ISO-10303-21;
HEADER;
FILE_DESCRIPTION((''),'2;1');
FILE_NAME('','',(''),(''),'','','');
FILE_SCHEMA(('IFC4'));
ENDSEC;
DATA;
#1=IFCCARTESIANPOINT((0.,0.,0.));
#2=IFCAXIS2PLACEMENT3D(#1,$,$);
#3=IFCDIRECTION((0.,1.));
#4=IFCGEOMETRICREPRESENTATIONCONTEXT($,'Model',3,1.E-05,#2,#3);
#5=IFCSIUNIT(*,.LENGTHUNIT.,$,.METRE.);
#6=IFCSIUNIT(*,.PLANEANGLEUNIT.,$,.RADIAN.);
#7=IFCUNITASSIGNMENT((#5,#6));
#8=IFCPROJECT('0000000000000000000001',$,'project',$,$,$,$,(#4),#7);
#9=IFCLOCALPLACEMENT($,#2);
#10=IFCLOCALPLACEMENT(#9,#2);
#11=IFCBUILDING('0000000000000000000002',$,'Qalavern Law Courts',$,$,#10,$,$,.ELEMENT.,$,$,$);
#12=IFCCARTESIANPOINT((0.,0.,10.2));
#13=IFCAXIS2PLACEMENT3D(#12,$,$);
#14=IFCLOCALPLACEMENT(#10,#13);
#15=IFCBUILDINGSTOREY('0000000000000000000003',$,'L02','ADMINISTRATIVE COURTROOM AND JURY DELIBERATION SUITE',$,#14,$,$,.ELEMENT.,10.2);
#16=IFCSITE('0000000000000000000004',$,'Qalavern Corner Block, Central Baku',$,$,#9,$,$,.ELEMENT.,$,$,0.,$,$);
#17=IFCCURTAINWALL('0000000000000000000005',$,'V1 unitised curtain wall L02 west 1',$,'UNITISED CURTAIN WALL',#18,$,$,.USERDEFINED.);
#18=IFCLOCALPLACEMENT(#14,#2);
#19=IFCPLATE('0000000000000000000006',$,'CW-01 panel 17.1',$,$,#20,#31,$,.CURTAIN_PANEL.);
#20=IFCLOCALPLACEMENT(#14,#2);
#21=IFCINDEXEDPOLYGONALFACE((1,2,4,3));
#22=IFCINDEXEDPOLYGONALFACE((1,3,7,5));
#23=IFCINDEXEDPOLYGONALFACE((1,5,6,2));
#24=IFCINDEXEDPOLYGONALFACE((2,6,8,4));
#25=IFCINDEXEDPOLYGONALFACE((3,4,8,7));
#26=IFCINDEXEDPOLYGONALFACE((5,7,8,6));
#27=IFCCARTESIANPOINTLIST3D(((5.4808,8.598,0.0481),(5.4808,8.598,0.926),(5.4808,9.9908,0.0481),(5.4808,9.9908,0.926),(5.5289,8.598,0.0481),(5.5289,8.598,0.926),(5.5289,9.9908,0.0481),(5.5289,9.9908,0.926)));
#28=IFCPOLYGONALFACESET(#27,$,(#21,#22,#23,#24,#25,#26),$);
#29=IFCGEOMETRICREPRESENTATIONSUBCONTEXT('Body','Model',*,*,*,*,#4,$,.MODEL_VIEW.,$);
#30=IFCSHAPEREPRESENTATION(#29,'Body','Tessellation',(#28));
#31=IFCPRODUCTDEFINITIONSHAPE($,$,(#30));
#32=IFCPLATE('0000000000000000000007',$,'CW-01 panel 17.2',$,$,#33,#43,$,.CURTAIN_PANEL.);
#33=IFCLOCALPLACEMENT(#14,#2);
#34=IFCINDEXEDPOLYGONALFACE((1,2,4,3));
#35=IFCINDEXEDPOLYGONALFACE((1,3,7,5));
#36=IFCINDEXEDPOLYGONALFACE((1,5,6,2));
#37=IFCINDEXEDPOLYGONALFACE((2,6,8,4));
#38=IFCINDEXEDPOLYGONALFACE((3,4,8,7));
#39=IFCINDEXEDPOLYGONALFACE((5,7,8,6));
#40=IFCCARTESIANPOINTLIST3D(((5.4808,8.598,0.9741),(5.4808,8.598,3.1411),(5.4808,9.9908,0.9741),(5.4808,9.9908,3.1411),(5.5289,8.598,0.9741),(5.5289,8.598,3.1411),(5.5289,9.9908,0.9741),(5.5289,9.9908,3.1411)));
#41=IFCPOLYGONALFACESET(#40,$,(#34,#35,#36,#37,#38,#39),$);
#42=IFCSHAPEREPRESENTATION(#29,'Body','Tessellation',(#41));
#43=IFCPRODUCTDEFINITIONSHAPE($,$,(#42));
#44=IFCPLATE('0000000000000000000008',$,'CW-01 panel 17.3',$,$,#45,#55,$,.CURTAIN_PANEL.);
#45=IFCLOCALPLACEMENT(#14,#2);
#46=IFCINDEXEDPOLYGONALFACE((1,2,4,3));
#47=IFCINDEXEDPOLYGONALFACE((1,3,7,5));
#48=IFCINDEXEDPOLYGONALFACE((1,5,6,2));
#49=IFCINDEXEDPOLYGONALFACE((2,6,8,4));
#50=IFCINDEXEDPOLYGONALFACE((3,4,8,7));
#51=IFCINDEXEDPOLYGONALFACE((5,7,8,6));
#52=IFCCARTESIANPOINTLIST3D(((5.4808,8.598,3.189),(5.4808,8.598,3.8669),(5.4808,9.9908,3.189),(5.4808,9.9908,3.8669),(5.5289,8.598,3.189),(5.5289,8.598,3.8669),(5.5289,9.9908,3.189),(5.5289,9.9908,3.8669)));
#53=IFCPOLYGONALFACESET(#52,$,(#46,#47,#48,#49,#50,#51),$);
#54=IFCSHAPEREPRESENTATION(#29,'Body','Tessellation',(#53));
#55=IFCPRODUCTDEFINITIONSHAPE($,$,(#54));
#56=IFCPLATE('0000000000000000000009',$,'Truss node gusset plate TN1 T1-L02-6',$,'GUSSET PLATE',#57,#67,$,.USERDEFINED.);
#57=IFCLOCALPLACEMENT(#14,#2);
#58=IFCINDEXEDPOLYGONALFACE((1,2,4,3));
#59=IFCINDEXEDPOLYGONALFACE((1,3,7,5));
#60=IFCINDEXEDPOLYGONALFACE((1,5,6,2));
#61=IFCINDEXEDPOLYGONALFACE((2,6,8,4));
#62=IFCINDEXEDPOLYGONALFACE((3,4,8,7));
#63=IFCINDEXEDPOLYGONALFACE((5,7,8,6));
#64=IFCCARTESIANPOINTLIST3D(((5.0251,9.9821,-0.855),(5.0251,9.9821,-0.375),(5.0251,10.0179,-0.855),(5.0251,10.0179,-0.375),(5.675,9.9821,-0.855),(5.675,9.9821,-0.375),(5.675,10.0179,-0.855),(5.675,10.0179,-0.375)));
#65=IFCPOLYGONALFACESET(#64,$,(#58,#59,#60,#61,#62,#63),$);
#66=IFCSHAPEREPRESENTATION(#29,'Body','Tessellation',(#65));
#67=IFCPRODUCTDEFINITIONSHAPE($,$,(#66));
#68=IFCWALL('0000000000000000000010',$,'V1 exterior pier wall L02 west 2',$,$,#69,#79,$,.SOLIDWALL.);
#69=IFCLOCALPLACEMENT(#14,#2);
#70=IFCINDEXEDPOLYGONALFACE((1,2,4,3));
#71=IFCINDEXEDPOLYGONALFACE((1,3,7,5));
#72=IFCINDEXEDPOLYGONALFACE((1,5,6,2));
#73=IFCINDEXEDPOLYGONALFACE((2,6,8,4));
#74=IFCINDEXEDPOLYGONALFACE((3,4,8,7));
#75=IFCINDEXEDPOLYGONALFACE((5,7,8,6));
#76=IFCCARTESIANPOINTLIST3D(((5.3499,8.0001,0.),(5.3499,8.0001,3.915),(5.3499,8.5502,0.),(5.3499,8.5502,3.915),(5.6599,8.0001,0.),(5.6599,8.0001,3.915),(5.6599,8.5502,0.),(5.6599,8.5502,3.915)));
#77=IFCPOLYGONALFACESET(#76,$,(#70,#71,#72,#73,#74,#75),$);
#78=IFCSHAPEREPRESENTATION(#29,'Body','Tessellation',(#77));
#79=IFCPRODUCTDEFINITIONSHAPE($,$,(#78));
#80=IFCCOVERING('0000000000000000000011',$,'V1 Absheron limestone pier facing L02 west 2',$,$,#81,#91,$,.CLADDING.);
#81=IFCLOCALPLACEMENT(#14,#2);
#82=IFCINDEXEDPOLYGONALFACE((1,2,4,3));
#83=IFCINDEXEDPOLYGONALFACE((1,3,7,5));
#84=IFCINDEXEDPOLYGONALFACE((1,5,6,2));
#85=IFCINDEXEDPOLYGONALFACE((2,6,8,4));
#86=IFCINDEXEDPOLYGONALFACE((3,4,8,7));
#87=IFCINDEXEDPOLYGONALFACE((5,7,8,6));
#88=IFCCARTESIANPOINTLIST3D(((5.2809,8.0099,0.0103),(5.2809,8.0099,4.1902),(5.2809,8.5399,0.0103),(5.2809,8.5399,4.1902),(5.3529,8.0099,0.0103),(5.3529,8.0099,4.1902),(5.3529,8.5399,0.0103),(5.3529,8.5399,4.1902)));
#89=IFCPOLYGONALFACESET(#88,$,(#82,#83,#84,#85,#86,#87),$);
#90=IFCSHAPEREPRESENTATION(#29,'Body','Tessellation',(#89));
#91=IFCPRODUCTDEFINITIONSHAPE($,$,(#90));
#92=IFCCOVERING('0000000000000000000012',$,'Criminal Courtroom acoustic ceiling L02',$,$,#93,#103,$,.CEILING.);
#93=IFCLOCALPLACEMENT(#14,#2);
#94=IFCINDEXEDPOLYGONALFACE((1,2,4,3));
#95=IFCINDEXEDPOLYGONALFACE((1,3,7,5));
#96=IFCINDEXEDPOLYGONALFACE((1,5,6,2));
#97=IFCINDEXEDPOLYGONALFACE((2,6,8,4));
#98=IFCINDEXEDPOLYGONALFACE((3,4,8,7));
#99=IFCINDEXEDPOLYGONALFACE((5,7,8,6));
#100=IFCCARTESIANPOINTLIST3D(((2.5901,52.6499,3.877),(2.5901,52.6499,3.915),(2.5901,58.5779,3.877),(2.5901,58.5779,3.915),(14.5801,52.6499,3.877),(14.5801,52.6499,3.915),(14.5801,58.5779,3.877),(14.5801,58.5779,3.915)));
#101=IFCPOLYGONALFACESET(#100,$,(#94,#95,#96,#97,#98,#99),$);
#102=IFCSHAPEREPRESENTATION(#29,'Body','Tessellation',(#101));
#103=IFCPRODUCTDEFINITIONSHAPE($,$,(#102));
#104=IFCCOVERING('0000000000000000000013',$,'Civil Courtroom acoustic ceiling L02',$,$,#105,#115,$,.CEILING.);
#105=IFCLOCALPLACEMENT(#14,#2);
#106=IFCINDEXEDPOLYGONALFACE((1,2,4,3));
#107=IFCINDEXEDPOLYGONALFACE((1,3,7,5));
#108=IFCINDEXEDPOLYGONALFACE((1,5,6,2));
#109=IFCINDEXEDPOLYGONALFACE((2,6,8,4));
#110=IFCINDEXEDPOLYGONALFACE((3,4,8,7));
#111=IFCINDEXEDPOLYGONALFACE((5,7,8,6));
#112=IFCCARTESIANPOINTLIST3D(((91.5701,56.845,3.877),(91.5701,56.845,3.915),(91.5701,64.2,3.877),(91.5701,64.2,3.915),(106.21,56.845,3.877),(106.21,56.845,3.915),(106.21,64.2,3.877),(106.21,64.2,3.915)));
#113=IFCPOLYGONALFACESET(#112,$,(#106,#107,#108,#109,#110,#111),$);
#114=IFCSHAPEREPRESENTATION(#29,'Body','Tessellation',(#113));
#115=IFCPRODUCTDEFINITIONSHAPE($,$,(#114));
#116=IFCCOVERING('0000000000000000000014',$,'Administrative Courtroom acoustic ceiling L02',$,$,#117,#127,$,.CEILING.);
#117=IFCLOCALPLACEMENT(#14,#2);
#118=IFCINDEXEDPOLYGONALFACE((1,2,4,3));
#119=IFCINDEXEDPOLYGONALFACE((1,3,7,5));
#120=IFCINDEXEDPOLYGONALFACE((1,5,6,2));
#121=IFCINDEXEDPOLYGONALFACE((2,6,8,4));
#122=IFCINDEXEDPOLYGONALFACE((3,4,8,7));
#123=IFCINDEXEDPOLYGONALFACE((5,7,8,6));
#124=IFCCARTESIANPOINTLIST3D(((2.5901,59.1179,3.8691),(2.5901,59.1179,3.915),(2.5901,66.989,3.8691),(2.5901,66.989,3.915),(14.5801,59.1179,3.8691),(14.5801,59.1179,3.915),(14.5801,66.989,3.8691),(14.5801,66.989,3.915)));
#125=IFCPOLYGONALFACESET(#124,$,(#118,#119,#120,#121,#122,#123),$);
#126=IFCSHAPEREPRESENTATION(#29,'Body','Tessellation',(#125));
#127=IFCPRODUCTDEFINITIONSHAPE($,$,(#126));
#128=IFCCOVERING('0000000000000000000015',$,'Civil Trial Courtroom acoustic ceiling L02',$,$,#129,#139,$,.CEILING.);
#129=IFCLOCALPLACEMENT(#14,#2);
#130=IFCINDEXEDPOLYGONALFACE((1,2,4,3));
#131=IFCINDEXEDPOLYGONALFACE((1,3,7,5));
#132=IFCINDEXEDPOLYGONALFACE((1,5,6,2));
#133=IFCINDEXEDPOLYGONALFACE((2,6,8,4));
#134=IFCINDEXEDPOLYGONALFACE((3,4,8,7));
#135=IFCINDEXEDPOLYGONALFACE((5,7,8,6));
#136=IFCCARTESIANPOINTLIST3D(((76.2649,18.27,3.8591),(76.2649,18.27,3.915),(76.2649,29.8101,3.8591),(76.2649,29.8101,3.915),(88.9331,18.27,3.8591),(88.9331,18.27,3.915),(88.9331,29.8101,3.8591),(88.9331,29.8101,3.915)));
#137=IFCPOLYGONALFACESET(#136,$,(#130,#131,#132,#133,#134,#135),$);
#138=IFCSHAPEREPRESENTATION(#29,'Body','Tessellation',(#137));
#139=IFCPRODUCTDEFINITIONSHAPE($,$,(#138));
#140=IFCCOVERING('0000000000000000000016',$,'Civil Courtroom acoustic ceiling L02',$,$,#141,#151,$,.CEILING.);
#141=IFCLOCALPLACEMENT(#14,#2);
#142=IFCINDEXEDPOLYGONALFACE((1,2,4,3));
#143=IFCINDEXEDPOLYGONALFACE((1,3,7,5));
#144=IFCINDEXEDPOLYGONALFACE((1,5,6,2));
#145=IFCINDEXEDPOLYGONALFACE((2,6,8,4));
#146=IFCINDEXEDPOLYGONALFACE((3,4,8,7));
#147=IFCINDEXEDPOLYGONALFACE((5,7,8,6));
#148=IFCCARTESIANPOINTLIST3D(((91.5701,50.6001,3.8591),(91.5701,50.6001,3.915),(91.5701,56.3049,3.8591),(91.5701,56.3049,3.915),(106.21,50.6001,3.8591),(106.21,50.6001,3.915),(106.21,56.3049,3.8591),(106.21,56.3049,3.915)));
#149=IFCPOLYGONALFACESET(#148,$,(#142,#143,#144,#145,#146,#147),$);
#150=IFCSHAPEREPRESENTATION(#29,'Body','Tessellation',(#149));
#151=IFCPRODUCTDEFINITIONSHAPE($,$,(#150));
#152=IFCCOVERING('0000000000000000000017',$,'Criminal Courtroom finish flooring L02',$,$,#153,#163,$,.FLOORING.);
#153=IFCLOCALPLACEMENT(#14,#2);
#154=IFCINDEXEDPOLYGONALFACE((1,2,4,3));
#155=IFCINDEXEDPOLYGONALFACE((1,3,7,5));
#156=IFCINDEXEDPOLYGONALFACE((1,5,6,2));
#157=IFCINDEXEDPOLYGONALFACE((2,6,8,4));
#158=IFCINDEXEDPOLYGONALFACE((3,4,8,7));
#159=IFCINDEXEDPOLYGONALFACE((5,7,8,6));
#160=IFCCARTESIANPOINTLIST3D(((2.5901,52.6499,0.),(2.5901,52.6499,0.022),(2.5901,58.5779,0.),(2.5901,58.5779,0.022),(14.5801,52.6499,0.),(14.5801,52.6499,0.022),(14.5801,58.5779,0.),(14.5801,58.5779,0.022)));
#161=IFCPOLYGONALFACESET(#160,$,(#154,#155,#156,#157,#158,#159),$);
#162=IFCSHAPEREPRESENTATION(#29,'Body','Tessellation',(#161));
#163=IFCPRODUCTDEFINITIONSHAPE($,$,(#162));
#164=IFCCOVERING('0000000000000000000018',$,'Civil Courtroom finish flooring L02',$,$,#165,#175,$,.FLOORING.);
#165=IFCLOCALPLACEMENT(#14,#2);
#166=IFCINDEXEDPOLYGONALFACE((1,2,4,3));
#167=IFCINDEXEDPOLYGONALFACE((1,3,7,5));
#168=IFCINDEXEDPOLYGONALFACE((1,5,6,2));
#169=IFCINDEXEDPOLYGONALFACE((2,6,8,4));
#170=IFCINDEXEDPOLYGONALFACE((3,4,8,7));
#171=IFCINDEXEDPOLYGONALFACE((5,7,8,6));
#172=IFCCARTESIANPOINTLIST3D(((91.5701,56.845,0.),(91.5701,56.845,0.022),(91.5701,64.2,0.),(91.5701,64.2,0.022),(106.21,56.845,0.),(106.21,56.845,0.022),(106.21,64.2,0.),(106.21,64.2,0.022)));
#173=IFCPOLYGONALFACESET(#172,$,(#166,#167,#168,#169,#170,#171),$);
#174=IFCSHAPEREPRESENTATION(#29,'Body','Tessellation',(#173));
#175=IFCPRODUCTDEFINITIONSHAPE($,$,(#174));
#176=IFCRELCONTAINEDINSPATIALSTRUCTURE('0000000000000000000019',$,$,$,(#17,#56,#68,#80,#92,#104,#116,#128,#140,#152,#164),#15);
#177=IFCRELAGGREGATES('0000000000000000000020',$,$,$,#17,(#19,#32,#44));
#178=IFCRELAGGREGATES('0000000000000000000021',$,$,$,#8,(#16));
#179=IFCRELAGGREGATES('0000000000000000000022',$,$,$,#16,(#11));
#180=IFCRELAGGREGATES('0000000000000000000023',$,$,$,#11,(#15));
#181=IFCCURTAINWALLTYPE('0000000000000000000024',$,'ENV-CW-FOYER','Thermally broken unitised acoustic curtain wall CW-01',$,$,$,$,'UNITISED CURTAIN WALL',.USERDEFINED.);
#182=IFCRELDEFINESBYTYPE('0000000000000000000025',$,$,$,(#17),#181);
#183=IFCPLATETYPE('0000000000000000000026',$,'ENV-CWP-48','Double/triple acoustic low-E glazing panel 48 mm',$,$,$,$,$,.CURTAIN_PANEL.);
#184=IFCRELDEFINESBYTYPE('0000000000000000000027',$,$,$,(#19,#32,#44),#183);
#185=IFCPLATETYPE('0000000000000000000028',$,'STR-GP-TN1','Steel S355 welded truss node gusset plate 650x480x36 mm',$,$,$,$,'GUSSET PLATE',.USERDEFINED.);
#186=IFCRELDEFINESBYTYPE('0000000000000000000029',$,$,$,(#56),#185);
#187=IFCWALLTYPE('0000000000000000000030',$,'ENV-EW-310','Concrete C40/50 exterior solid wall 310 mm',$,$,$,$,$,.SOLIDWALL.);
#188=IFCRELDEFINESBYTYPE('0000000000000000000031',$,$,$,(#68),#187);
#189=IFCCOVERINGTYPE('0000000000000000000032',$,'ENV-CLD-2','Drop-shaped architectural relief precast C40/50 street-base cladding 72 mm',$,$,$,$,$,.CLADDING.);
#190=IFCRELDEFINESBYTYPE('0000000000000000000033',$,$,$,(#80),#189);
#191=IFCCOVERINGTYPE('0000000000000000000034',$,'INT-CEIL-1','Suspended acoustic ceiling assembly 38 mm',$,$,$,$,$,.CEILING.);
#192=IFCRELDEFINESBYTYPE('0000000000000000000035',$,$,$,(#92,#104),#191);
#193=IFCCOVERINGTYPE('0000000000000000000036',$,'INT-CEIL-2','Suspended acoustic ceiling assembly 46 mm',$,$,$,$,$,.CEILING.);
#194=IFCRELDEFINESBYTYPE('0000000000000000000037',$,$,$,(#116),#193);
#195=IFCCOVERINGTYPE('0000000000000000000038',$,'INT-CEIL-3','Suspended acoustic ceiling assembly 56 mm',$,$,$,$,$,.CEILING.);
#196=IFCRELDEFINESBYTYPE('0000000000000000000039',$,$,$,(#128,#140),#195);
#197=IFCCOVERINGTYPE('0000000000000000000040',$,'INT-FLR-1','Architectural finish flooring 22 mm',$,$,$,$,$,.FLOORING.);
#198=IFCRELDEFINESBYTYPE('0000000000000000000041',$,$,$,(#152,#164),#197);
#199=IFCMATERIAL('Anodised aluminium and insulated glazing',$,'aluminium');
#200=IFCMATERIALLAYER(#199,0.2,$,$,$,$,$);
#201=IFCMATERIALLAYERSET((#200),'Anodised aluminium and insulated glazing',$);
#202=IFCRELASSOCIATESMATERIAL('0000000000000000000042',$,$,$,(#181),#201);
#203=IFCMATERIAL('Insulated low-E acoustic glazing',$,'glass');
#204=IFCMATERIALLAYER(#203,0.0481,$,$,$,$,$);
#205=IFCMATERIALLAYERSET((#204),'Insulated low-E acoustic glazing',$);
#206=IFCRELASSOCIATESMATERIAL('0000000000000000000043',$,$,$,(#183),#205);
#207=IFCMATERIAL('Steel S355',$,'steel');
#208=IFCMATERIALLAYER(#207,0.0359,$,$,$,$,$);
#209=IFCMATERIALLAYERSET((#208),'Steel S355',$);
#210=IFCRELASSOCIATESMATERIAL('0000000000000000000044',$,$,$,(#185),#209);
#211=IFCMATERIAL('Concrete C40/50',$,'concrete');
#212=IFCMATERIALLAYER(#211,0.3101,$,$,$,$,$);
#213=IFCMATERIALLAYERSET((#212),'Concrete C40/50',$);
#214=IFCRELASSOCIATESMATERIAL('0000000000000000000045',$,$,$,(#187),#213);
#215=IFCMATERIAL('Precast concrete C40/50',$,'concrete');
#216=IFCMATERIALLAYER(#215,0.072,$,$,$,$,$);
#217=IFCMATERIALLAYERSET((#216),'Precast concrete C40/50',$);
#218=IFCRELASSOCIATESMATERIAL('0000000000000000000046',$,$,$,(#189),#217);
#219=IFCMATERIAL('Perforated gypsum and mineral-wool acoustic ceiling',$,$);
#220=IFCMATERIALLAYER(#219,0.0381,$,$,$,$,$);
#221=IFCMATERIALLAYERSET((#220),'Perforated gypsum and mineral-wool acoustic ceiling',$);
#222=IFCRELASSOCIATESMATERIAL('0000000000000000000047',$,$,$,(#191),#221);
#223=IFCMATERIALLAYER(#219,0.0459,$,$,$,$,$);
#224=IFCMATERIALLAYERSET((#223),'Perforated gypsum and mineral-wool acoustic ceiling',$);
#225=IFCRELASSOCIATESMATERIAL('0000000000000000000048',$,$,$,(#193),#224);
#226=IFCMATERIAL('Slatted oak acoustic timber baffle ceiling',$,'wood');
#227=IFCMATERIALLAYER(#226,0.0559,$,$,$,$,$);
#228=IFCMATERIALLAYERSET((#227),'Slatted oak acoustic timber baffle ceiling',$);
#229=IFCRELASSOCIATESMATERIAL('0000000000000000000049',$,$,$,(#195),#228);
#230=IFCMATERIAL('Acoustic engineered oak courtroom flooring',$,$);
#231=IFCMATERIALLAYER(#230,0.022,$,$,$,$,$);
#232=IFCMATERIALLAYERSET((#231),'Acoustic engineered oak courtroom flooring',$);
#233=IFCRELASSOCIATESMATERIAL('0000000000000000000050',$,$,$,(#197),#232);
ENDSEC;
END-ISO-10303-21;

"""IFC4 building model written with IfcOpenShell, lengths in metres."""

from ifc_helpers import new_model, si_unit, direction, frame, frame_2d, origin, origin_2d, place, context, subcontext, project, spatial, polyline, rectangle, outline, extrude, material, layer, layer_set, type_object, element, aggregate, save


model = new_model("IFC4")

# Units and contexts
model_context = context("Model", 3, precision=1e-05, world=origin(), true_north=direction((0.0, 1.0)))
body_context = subcontext(model_context, "Body", "Model", "MODEL_VIEW")
ifc_project = project(units=[si_unit("LENGTHUNIT", "METRE"), si_unit("PLANEANGLEUNIT", "RADIAN")], contexts=[model_context])

# Site, building, storey
site_placement = place(None, origin())
site = spatial("IfcSite", under=ifc_project, at=site_placement, Name="Qalavern Corner Block, Central Baku", CompositionType="ELEMENT", RefElevation=0.0)
building_placement = place(site_placement, origin())
building = spatial("IfcBuilding", under=site, at=building_placement, Name="Qalavern Law Courts", CompositionType="ELEMENT")
storey_placement = place(building_placement, frame((0.0, 0.0, 10.2)))
storey = spatial("IfcBuildingStorey", under=building, at=storey_placement, Name="L02", Description="ADMINISTRATIVE COURTROOM AND JURY DELIBERATION SUITE", CompositionType="ELEMENT", Elevation=10.2)

# Curtain wall
ifc_material_1 = material(Name="Anodised aluminium and insulated glazing", Category="aluminium")
ifc_layer_1 = layer(ifc_material_1, 0.2)
ifc_layer_set_1 = layer_set([ifc_layer_1], Name="Anodised aluminium and insulated glazing")
curtain_wall_type = type_object("IfcCurtainWallType", Name="ENV-CW-FOYER", Description="Thermally broken unitised acoustic curtain wall CW-01", ElementType="UNITISED CURTAIN WALL", PredefinedType="USERDEFINED", material=ifc_layer_set_1)
curtain_wall_placement = place(storey_placement, origin())
curtain_wall = element("IfcCurtainWall", 1, at=curtain_wall_placement, inside=storey, type_object=curtain_wall_type, Name="V1 unitised curtain wall L02 west 1", ObjectType="UNITISED CURTAIN WALL", PredefinedType="USERDEFINED")

# Shared definitions
ifc_material_2 = material(Name="Steel S355", Category="steel")

# Plates
ifc_material_3 = material(Name="Insulated low-E acoustic glazing", Category="glass")
ifc_layer_2 = layer(ifc_material_3, 0.0481)
ifc_layer_set_2 = layer_set([ifc_layer_2], Name="Insulated low-E acoustic glazing")
plate_type_1 = type_object("IfcPlateType", Name="ENV-CWP-48", Description="Double/triple acoustic low-E glazing panel 48 mm", PredefinedType="CURTAIN_PANEL", material=ifc_layer_set_2)
plate_1_placement = place(storey_placement, frame((5.5049, 9.2944, 0.0481), z_axis=(0.0, 0.0, 1.0), x_axis=(0.0, -1.0, 0.0)))
plate_1 = element("IfcPlate", 2, at=plate_1_placement, type_object=plate_type_1, Name="CW-01 panel 17.1", PredefinedType="CURTAIN_PANEL", context=body_context, shape_type="SweptSolid", body=[
    extrude(rectangle(XDim=1.3928, YDim=0.0481, at=origin_2d()), origin(), (0.0, 0.0, 1.0), 0.8779),
])
plate_2_placement = place(storey_placement, frame((5.5049, 9.2944, 0.9741), z_axis=(0.0, 0.0, 1.0), x_axis=(0.0, -1.0, 0.0)))
plate_2 = element("IfcPlate", 3, at=plate_2_placement, type_object=plate_type_1, Name="CW-01 panel 17.2", PredefinedType="CURTAIN_PANEL", context=body_context, shape_type="SweptSolid", body=[
    extrude(rectangle(XDim=1.3928, YDim=0.0481, at=origin_2d()), origin(), (0.0, 0.0, 1.0), 2.167),
])
plate_3_placement = place(storey_placement, frame((5.5049, 9.2944, 3.189), z_axis=(0.0, 0.0, 1.0), x_axis=(0.0, -1.0, 0.0)))
plate_3 = element("IfcPlate", 4, at=plate_3_placement, type_object=plate_type_1, Name="CW-01 panel 17.3", PredefinedType="CURTAIN_PANEL", context=body_context, shape_type="SweptSolid", body=[
    extrude(rectangle(XDim=1.3928, YDim=0.0481, at=origin_2d()), origin(), (0.0, 0.0, 1.0), 0.678),
])
aggregate(curtain_wall, [plate_1, plate_2, plate_3])
ifc_layer_3 = layer(ifc_material_2, 0.0359)
ifc_layer_set_3 = layer_set([ifc_layer_3], Name="Steel S355")
plate_type_2 = type_object("IfcPlateType", Name="STR-GP-TN1", Description="Steel S355 welded truss node gusset plate 650x480x36 mm", ElementType="GUSSET PLATE", PredefinedType="USERDEFINED", material=ifc_layer_set_3)
plate_4_placement = place(storey_placement, frame((5.3501, 10.0, -0.855), z_axis=(0.0, 0.0, 1.0), x_axis=(1.0, 0.0, 0.0)))
element("IfcPlate", 5, at=plate_4_placement, inside=storey, type_object=plate_type_2, Name="Truss node gusset plate TN1 T1-L02-6", ObjectType="GUSSET PLATE", PredefinedType="USERDEFINED", context=body_context, shape_type="SweptSolid", body=[
    extrude(rectangle(XDim=0.6499, YDim=0.0359, at=origin_2d()), origin(), (0.0, 0.0, 1.0), 0.48),
])

# Wall
ifc_material_4 = material(Name="Concrete C40/50", Category="concrete")
ifc_layer_4 = layer(ifc_material_4, 0.3101)
ifc_layer_set_4 = layer_set([ifc_layer_4], Name="Concrete C40/50")
wall_type = type_object("IfcWallType", Name="ENV-EW-310", Description="Concrete C40/50 exterior solid wall 310 mm", PredefinedType="SOLIDWALL", material=ifc_layer_set_4)
wall_placement = place(storey_placement, frame((5.5049, 8.55, 0.0), z_axis=(0.0, 0.0, 1.0), x_axis=(0.0, -1.0, 0.0)))
element("IfcWall", 6, at=wall_placement, inside=storey, type_object=wall_type, Name="V1 exterior pier wall L02 west 2", PredefinedType="SOLIDWALL", context=body_context, shape_type="SweptSolid", body=[
    extrude(rectangle(XDim=0.55, YDim=0.3101, at=frame_2d((0.2749, 0.0))), origin(), (0.0, 0.0, 1.0), 3.915),
])

# Coverings
ifc_material_5 = material(Name="Precast concrete C40/50", Category="concrete")
ifc_layer_5 = layer(ifc_material_5, 0.072)
ifc_layer_set_5 = layer_set([ifc_layer_5], Name="Precast concrete C40/50")
covering_type_1 = type_object("IfcCoveringType", Name="ENV-CLD-2", Description="Drop-shaped architectural relief precast C40/50 street-base cladding 72 mm", PredefinedType="CLADDING", material=ifc_layer_set_5)
covering_1_placement = place(storey_placement, frame((5.3169, 8.2749, 0.0103), z_axis=(0.0, 0.0, 1.0), x_axis=(0.0, -1.0, 0.0)))
element("IfcCovering", 7, at=covering_1_placement, inside=storey, type_object=covering_type_1, Name="V1 Absheron limestone pier facing L02 west 2", PredefinedType="CLADDING", context=body_context, shape_type="SweptSolid", body=[
    extrude(rectangle(XDim=0.53, YDim=0.072, at=origin_2d()), origin(), (0.0, 0.0, 1.0), 4.1799),
])
ifc_material_6 = material(Name="Perforated gypsum and mineral-wool acoustic ceiling")
ifc_layer_6 = layer(ifc_material_6, 0.0381)
ifc_layer_set_6 = layer_set([ifc_layer_6], Name="Perforated gypsum and mineral-wool acoustic ceiling")
covering_type_2 = type_object("IfcCoveringType", Name="INT-CEIL-1", Description="Suspended acoustic ceiling assembly 38 mm", PredefinedType="CEILING", material=ifc_layer_set_6)
covering_2_placement = place(storey_placement, frame((0.0, 0.0, 3.877)))
element("IfcCovering", 8, at=covering_2_placement, inside=storey, type_object=covering_type_2, Name="Criminal Courtroom acoustic ceiling L02", PredefinedType="CEILING", context=body_context, shape_type="SweptSolid", body=[
    extrude(outline(polyline([(2.5901, 52.6499), (14.5801, 52.6499), (14.5801, 58.5779), (2.5901, 58.5779), (2.5901, 52.6499)])), origin(), (0.0, 0.0, 1.0), 0.0381),
])
covering_3_placement = place(storey_placement, frame((0.0, 0.0, 3.877)))
element("IfcCovering", 9, at=covering_3_placement, inside=storey, type_object=covering_type_2, Name="Civil Courtroom acoustic ceiling L02", PredefinedType="CEILING", context=body_context, shape_type="SweptSolid", body=[
    extrude(outline(polyline([(91.5701, 56.845), (106.21, 56.845), (106.21, 64.2), (91.5701, 64.2), (91.5701, 56.845)])), origin(), (0.0, 0.0, 1.0), 0.0381),
])
ifc_layer_7 = layer(ifc_material_6, 0.0459)
ifc_layer_set_7 = layer_set([ifc_layer_7], Name="Perforated gypsum and mineral-wool acoustic ceiling")
covering_type_3 = type_object("IfcCoveringType", Name="INT-CEIL-2", Description="Suspended acoustic ceiling assembly 46 mm", PredefinedType="CEILING", material=ifc_layer_set_7)
covering_4_placement = place(storey_placement, frame((0.0, 0.0, 3.8691)))
element("IfcCovering", 10, at=covering_4_placement, inside=storey, type_object=covering_type_3, Name="Administrative Courtroom acoustic ceiling L02", PredefinedType="CEILING", context=body_context, shape_type="SweptSolid", body=[
    extrude(outline(polyline([(2.5901, 59.1179), (14.5801, 59.1179), (14.5801, 66.989), (2.5901, 66.989), (2.5901, 59.1179)])), origin(), (0.0, 0.0, 1.0), 0.0459),
])
ifc_material_7 = material(Name="Slatted oak acoustic timber baffle ceiling", Category="wood")
ifc_layer_8 = layer(ifc_material_7, 0.0559)
ifc_layer_set_8 = layer_set([ifc_layer_8], Name="Slatted oak acoustic timber baffle ceiling")
covering_type_4 = type_object("IfcCoveringType", Name="INT-CEIL-3", Description="Suspended acoustic ceiling assembly 56 mm", PredefinedType="CEILING", material=ifc_layer_set_8)
covering_5_placement = place(storey_placement, frame((0.0, 0.0, 3.8591)))
element("IfcCovering", 11, at=covering_5_placement, inside=storey, type_object=covering_type_4, Name="Civil Trial Courtroom acoustic ceiling L02", PredefinedType="CEILING", context=body_context, shape_type="SweptSolid", body=[
    extrude(outline(polyline([(76.2649, 18.27), (88.9331, 18.27), (88.9331, 29.8101), (76.2649, 29.8101), (76.2649, 18.27)])), origin(), (0.0, 0.0, 1.0), 0.0559),
])
covering_6_placement = place(storey_placement, frame((0.0, 0.0, 3.8591)))
element("IfcCovering", 12, at=covering_6_placement, inside=storey, type_object=covering_type_4, Name="Civil Courtroom acoustic ceiling L02", PredefinedType="CEILING", context=body_context, shape_type="SweptSolid", body=[
    extrude(outline(polyline([(91.5701, 50.6001), (106.21, 50.6001), (106.21, 56.3049), (91.5701, 56.3049), (91.5701, 50.6001)])), origin(), (0.0, 0.0, 1.0), 0.0559),
])
ifc_material_8 = material(Name="Acoustic engineered oak courtroom flooring")
ifc_layer_9 = layer(ifc_material_8, 0.022)
ifc_layer_set_9 = layer_set([ifc_layer_9], Name="Acoustic engineered oak courtroom flooring")
covering_type_5 = type_object("IfcCoveringType", Name="INT-FLR-1", Description="Architectural finish flooring 22 mm", PredefinedType="FLOORING", material=ifc_layer_set_9)
covering_7_placement = place(storey_placement, origin())
element("IfcCovering", 13, at=covering_7_placement, inside=storey, type_object=covering_type_5, Name="Criminal Courtroom finish flooring L02", PredefinedType="FLOORING", context=body_context, shape_type="SweptSolid", body=[
    extrude(outline(polyline([(2.5901, 52.6499), (14.5801, 52.6499), (14.5801, 58.5779), (2.5901, 58.5779), (2.5901, 52.6499)])), origin(), (0.0, 0.0, 1.0), 0.022),
])
covering_8_placement = place(storey_placement, origin())
element("IfcCovering", 14, at=covering_8_placement, inside=storey, type_object=covering_type_5, Name="Civil Courtroom finish flooring L02", PredefinedType="FLOORING", context=body_context, shape_type="SweptSolid", body=[
    extrude(outline(polyline([(91.5701, 56.845), (106.21, 56.845), (106.21, 64.2), (91.5701, 64.2), (91.5701, 56.845)])), origin(), (0.0, 0.0, 1.0), 0.022),
])

save(model, "model.ifc")
